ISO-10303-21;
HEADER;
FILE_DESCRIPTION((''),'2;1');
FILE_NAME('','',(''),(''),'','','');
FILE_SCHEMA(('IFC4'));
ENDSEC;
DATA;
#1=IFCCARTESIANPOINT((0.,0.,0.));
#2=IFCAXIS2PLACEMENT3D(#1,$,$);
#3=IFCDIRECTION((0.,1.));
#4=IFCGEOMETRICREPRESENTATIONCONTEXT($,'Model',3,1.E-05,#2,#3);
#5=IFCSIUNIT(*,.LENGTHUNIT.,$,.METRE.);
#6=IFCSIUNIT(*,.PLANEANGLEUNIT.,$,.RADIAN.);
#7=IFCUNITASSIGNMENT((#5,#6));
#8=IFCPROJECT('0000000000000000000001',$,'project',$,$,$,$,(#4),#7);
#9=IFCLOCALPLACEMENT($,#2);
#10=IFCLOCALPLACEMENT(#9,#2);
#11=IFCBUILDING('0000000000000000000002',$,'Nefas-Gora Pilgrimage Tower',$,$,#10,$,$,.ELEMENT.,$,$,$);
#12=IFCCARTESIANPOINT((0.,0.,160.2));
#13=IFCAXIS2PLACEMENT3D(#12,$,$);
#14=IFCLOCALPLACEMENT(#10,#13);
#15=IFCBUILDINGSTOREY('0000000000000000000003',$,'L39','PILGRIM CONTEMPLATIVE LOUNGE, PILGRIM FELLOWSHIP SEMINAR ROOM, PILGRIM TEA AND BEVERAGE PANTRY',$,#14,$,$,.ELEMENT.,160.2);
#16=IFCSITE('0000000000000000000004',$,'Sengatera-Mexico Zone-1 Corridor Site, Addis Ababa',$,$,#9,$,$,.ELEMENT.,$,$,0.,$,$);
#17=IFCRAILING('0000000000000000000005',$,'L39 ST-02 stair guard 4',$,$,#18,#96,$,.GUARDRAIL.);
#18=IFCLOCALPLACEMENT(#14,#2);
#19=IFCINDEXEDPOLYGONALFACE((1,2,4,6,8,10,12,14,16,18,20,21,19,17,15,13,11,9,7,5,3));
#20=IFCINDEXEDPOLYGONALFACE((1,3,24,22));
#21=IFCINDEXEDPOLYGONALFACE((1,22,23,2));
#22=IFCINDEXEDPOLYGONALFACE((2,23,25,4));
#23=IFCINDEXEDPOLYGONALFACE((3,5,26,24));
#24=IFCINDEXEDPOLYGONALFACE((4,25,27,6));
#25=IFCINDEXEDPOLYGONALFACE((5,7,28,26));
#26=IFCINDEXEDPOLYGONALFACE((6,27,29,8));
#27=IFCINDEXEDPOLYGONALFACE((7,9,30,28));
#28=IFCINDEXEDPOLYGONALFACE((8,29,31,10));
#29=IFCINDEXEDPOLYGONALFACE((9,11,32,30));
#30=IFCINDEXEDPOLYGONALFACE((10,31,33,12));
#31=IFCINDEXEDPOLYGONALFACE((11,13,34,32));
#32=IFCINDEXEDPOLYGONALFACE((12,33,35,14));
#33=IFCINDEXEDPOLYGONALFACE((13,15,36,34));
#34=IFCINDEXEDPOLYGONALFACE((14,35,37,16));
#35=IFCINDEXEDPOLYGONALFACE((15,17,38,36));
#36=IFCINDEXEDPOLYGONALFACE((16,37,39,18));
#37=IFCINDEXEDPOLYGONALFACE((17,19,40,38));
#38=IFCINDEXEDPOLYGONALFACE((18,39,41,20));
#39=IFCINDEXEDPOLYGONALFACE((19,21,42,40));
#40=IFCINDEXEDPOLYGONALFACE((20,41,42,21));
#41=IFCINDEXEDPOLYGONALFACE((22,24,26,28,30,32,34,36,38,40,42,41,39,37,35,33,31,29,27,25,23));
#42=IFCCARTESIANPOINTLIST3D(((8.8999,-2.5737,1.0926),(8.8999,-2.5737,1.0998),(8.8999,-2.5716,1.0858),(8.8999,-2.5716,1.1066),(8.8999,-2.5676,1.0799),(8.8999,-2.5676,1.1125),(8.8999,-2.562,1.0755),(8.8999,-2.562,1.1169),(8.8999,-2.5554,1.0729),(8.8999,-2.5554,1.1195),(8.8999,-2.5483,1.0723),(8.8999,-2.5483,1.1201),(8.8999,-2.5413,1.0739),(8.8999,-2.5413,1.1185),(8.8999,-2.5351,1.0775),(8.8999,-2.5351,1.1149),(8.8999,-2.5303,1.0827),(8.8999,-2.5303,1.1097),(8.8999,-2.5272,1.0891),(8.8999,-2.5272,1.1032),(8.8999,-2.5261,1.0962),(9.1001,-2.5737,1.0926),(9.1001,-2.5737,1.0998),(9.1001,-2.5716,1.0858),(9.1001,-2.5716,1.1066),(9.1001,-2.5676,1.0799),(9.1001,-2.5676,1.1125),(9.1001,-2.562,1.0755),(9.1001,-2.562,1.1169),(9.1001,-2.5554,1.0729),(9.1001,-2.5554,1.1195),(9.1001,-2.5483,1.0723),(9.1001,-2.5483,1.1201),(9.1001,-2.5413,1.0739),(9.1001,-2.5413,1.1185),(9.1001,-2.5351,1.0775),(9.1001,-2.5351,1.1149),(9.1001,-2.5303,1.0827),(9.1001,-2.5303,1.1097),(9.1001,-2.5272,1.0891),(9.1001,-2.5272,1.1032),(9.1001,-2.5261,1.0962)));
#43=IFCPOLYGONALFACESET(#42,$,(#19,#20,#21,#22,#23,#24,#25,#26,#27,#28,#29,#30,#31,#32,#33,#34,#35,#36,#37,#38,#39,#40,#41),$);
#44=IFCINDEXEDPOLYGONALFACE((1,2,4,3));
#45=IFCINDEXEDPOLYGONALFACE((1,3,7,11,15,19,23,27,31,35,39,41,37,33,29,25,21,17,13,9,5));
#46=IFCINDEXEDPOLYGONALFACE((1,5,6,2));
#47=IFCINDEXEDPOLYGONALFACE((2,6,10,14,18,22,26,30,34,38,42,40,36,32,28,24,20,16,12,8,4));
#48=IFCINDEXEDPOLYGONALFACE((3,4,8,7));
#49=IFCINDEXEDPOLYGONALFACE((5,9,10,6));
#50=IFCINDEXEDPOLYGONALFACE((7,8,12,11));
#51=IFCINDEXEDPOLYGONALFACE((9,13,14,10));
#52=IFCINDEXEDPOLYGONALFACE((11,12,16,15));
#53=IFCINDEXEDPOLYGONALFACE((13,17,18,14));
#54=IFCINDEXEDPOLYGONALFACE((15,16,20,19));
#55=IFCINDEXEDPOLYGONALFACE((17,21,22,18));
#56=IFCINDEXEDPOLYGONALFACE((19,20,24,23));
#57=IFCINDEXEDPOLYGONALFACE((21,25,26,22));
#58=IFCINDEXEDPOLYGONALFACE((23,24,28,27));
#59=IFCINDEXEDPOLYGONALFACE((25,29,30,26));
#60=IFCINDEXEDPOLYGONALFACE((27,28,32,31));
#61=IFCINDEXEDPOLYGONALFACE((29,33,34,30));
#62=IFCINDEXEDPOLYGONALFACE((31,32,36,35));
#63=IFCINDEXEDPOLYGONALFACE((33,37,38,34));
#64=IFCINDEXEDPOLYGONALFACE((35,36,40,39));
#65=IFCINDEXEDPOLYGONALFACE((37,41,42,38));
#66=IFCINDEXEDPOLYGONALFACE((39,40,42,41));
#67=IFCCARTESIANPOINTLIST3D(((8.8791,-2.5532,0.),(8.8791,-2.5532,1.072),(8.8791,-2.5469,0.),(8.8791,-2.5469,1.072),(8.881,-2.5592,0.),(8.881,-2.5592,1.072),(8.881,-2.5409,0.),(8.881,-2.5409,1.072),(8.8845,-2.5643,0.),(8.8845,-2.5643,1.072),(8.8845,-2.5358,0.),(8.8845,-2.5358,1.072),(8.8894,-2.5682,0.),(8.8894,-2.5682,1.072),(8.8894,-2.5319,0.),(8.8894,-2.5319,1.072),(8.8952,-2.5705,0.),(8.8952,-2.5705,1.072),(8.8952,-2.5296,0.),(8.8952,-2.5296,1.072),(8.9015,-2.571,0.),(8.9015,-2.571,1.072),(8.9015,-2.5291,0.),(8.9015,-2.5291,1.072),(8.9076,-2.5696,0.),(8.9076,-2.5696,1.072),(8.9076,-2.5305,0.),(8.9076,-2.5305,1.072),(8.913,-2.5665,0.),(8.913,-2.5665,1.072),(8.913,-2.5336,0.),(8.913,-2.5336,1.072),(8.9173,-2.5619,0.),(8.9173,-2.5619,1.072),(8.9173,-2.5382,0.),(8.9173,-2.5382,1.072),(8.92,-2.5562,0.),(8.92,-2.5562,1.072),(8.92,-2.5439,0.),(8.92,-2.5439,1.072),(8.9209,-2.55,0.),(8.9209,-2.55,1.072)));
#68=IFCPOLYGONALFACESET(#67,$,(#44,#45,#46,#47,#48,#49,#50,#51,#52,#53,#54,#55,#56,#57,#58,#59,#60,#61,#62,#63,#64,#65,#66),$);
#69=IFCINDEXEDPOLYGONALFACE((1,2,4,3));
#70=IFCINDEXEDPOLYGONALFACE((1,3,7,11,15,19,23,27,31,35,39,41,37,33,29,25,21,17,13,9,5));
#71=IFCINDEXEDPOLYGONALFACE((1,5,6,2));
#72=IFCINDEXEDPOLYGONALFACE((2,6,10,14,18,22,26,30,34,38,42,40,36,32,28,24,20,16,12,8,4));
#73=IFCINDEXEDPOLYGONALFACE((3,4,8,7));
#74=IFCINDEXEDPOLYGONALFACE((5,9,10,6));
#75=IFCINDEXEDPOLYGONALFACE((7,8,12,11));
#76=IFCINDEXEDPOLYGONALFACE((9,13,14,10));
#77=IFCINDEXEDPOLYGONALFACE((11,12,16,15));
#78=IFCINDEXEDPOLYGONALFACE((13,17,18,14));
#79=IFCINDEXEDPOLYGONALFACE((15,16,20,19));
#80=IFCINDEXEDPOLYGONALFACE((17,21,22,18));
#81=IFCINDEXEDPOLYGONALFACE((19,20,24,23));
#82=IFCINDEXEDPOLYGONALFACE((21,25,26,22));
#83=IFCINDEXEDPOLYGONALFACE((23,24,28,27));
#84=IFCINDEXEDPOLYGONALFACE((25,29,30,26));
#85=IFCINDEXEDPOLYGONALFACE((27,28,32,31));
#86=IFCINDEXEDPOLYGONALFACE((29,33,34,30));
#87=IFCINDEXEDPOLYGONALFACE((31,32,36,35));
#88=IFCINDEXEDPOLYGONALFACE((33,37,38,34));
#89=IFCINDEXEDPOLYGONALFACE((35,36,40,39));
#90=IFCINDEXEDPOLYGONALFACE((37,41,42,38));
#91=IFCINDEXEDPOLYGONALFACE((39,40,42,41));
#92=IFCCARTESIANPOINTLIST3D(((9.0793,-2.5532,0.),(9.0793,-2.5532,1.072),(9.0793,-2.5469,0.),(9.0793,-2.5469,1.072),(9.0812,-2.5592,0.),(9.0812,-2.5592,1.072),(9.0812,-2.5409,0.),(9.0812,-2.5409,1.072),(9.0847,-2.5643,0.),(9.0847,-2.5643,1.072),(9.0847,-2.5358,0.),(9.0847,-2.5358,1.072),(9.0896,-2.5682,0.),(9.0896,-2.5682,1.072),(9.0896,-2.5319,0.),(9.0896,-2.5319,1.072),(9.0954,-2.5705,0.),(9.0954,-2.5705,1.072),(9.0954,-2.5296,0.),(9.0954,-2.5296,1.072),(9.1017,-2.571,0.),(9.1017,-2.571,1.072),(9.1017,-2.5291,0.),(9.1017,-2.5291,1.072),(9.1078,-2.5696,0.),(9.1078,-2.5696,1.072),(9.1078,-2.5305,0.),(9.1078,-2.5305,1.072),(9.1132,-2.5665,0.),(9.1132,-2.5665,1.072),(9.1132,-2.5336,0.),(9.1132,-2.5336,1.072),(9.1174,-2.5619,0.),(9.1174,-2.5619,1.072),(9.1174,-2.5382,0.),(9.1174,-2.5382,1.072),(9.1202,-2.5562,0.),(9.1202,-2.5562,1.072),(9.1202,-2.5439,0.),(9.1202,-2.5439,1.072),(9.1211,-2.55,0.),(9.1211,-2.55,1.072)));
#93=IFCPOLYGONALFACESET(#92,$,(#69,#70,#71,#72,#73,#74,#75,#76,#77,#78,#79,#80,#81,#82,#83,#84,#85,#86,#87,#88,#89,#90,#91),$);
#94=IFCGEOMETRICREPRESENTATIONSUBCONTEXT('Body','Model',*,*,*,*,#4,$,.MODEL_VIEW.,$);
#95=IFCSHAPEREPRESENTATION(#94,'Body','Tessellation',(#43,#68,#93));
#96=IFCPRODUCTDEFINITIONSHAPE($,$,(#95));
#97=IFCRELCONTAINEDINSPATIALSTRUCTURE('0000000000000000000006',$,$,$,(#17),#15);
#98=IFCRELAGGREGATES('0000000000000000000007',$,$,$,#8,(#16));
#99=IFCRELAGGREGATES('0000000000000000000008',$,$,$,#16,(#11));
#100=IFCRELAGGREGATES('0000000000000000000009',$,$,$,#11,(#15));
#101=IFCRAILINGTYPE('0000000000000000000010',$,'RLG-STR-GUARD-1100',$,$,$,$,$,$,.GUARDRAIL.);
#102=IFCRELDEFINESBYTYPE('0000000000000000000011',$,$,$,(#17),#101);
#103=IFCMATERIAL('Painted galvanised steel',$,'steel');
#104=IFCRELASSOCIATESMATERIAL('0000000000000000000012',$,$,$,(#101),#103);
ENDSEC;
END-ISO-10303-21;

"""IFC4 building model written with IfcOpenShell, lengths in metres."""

from ifc_helpers import new_model, si_unit, direction, frame, origin, origin_2d, place, context, subcontext, project, spatial, circle, extrude, material, type_object, element, save


model = new_model("IFC4")

# Units and contexts
model_context = context("Model", 3, precision=1e-05, world=origin(), true_north=direction((0.0, 1.0)))
body_context = subcontext(model_context, "Body", "Model", "MODEL_VIEW")
ifc_project = project(units=[si_unit("LENGTHUNIT", "METRE"), si_unit("PLANEANGLEUNIT", "RADIAN")], contexts=[model_context])

# Site, building, storey
site_placement = place(None, origin())
site = spatial("IfcSite", under=ifc_project, at=site_placement, Name="Sengatera-Mexico Zone-1 Corridor Site, Addis Ababa", CompositionType="ELEMENT", RefElevation=0.0)
building_placement = place(site_placement, origin())
building = spatial("IfcBuilding", under=site, at=building_placement, Name="Nefas-Gora Pilgrimage Tower", CompositionType="ELEMENT")
storey_placement = place(building_placement, frame((0.0, 0.0, 160.2)))
storey = spatial("IfcBuildingStorey", under=building, at=storey_placement, Name="L39", Description="PILGRIM CONTEMPLATIVE LOUNGE, PILGRIM FELLOWSHIP SEMINAR ROOM, PILGRIM TEA AND BEVERAGE PANTRY", CompositionType="ELEMENT", Elevation=160.2)

# Railing
ifc_material_1 = material(Name="Painted galvanised steel", Category="steel")
railing_type_1 = type_object("IfcRailingType", Name="RLG-STR-GUARD-1100", PredefinedType="GUARDRAIL", material=ifc_material_1)
railing_1_placement = place(storey_placement, frame((8.8999, -2.55, 0.0)))
element("IfcRailing", 1, at=railing_1_placement, inside=storey, type_object=railing_type_1, Name="L39 ST-02 stair guard 4", PredefinedType="GUARDRAIL", context=body_context, shape_type="SweptSolid", body=[
    extrude(circle(Radius=0.0239, at=origin_2d()), frame((0.0, 0.0, 1.0962), z_axis=(1.0, 0.0, 0.0), x_axis=(0.0, 1.0, 0.0)), (0.0, 0.0, 1.0), 0.2002),
    extrude(circle(Radius=0.021, at=origin_2d()), origin(), (0.0, 0.0, 1.0), 1.072),
    extrude(circle(Radius=0.021, at=origin_2d()), frame((0.2002, 0.0, 0.0)), (0.0, 0.0, 1.0), 1.072),
])

save(model, "model.ifc")
